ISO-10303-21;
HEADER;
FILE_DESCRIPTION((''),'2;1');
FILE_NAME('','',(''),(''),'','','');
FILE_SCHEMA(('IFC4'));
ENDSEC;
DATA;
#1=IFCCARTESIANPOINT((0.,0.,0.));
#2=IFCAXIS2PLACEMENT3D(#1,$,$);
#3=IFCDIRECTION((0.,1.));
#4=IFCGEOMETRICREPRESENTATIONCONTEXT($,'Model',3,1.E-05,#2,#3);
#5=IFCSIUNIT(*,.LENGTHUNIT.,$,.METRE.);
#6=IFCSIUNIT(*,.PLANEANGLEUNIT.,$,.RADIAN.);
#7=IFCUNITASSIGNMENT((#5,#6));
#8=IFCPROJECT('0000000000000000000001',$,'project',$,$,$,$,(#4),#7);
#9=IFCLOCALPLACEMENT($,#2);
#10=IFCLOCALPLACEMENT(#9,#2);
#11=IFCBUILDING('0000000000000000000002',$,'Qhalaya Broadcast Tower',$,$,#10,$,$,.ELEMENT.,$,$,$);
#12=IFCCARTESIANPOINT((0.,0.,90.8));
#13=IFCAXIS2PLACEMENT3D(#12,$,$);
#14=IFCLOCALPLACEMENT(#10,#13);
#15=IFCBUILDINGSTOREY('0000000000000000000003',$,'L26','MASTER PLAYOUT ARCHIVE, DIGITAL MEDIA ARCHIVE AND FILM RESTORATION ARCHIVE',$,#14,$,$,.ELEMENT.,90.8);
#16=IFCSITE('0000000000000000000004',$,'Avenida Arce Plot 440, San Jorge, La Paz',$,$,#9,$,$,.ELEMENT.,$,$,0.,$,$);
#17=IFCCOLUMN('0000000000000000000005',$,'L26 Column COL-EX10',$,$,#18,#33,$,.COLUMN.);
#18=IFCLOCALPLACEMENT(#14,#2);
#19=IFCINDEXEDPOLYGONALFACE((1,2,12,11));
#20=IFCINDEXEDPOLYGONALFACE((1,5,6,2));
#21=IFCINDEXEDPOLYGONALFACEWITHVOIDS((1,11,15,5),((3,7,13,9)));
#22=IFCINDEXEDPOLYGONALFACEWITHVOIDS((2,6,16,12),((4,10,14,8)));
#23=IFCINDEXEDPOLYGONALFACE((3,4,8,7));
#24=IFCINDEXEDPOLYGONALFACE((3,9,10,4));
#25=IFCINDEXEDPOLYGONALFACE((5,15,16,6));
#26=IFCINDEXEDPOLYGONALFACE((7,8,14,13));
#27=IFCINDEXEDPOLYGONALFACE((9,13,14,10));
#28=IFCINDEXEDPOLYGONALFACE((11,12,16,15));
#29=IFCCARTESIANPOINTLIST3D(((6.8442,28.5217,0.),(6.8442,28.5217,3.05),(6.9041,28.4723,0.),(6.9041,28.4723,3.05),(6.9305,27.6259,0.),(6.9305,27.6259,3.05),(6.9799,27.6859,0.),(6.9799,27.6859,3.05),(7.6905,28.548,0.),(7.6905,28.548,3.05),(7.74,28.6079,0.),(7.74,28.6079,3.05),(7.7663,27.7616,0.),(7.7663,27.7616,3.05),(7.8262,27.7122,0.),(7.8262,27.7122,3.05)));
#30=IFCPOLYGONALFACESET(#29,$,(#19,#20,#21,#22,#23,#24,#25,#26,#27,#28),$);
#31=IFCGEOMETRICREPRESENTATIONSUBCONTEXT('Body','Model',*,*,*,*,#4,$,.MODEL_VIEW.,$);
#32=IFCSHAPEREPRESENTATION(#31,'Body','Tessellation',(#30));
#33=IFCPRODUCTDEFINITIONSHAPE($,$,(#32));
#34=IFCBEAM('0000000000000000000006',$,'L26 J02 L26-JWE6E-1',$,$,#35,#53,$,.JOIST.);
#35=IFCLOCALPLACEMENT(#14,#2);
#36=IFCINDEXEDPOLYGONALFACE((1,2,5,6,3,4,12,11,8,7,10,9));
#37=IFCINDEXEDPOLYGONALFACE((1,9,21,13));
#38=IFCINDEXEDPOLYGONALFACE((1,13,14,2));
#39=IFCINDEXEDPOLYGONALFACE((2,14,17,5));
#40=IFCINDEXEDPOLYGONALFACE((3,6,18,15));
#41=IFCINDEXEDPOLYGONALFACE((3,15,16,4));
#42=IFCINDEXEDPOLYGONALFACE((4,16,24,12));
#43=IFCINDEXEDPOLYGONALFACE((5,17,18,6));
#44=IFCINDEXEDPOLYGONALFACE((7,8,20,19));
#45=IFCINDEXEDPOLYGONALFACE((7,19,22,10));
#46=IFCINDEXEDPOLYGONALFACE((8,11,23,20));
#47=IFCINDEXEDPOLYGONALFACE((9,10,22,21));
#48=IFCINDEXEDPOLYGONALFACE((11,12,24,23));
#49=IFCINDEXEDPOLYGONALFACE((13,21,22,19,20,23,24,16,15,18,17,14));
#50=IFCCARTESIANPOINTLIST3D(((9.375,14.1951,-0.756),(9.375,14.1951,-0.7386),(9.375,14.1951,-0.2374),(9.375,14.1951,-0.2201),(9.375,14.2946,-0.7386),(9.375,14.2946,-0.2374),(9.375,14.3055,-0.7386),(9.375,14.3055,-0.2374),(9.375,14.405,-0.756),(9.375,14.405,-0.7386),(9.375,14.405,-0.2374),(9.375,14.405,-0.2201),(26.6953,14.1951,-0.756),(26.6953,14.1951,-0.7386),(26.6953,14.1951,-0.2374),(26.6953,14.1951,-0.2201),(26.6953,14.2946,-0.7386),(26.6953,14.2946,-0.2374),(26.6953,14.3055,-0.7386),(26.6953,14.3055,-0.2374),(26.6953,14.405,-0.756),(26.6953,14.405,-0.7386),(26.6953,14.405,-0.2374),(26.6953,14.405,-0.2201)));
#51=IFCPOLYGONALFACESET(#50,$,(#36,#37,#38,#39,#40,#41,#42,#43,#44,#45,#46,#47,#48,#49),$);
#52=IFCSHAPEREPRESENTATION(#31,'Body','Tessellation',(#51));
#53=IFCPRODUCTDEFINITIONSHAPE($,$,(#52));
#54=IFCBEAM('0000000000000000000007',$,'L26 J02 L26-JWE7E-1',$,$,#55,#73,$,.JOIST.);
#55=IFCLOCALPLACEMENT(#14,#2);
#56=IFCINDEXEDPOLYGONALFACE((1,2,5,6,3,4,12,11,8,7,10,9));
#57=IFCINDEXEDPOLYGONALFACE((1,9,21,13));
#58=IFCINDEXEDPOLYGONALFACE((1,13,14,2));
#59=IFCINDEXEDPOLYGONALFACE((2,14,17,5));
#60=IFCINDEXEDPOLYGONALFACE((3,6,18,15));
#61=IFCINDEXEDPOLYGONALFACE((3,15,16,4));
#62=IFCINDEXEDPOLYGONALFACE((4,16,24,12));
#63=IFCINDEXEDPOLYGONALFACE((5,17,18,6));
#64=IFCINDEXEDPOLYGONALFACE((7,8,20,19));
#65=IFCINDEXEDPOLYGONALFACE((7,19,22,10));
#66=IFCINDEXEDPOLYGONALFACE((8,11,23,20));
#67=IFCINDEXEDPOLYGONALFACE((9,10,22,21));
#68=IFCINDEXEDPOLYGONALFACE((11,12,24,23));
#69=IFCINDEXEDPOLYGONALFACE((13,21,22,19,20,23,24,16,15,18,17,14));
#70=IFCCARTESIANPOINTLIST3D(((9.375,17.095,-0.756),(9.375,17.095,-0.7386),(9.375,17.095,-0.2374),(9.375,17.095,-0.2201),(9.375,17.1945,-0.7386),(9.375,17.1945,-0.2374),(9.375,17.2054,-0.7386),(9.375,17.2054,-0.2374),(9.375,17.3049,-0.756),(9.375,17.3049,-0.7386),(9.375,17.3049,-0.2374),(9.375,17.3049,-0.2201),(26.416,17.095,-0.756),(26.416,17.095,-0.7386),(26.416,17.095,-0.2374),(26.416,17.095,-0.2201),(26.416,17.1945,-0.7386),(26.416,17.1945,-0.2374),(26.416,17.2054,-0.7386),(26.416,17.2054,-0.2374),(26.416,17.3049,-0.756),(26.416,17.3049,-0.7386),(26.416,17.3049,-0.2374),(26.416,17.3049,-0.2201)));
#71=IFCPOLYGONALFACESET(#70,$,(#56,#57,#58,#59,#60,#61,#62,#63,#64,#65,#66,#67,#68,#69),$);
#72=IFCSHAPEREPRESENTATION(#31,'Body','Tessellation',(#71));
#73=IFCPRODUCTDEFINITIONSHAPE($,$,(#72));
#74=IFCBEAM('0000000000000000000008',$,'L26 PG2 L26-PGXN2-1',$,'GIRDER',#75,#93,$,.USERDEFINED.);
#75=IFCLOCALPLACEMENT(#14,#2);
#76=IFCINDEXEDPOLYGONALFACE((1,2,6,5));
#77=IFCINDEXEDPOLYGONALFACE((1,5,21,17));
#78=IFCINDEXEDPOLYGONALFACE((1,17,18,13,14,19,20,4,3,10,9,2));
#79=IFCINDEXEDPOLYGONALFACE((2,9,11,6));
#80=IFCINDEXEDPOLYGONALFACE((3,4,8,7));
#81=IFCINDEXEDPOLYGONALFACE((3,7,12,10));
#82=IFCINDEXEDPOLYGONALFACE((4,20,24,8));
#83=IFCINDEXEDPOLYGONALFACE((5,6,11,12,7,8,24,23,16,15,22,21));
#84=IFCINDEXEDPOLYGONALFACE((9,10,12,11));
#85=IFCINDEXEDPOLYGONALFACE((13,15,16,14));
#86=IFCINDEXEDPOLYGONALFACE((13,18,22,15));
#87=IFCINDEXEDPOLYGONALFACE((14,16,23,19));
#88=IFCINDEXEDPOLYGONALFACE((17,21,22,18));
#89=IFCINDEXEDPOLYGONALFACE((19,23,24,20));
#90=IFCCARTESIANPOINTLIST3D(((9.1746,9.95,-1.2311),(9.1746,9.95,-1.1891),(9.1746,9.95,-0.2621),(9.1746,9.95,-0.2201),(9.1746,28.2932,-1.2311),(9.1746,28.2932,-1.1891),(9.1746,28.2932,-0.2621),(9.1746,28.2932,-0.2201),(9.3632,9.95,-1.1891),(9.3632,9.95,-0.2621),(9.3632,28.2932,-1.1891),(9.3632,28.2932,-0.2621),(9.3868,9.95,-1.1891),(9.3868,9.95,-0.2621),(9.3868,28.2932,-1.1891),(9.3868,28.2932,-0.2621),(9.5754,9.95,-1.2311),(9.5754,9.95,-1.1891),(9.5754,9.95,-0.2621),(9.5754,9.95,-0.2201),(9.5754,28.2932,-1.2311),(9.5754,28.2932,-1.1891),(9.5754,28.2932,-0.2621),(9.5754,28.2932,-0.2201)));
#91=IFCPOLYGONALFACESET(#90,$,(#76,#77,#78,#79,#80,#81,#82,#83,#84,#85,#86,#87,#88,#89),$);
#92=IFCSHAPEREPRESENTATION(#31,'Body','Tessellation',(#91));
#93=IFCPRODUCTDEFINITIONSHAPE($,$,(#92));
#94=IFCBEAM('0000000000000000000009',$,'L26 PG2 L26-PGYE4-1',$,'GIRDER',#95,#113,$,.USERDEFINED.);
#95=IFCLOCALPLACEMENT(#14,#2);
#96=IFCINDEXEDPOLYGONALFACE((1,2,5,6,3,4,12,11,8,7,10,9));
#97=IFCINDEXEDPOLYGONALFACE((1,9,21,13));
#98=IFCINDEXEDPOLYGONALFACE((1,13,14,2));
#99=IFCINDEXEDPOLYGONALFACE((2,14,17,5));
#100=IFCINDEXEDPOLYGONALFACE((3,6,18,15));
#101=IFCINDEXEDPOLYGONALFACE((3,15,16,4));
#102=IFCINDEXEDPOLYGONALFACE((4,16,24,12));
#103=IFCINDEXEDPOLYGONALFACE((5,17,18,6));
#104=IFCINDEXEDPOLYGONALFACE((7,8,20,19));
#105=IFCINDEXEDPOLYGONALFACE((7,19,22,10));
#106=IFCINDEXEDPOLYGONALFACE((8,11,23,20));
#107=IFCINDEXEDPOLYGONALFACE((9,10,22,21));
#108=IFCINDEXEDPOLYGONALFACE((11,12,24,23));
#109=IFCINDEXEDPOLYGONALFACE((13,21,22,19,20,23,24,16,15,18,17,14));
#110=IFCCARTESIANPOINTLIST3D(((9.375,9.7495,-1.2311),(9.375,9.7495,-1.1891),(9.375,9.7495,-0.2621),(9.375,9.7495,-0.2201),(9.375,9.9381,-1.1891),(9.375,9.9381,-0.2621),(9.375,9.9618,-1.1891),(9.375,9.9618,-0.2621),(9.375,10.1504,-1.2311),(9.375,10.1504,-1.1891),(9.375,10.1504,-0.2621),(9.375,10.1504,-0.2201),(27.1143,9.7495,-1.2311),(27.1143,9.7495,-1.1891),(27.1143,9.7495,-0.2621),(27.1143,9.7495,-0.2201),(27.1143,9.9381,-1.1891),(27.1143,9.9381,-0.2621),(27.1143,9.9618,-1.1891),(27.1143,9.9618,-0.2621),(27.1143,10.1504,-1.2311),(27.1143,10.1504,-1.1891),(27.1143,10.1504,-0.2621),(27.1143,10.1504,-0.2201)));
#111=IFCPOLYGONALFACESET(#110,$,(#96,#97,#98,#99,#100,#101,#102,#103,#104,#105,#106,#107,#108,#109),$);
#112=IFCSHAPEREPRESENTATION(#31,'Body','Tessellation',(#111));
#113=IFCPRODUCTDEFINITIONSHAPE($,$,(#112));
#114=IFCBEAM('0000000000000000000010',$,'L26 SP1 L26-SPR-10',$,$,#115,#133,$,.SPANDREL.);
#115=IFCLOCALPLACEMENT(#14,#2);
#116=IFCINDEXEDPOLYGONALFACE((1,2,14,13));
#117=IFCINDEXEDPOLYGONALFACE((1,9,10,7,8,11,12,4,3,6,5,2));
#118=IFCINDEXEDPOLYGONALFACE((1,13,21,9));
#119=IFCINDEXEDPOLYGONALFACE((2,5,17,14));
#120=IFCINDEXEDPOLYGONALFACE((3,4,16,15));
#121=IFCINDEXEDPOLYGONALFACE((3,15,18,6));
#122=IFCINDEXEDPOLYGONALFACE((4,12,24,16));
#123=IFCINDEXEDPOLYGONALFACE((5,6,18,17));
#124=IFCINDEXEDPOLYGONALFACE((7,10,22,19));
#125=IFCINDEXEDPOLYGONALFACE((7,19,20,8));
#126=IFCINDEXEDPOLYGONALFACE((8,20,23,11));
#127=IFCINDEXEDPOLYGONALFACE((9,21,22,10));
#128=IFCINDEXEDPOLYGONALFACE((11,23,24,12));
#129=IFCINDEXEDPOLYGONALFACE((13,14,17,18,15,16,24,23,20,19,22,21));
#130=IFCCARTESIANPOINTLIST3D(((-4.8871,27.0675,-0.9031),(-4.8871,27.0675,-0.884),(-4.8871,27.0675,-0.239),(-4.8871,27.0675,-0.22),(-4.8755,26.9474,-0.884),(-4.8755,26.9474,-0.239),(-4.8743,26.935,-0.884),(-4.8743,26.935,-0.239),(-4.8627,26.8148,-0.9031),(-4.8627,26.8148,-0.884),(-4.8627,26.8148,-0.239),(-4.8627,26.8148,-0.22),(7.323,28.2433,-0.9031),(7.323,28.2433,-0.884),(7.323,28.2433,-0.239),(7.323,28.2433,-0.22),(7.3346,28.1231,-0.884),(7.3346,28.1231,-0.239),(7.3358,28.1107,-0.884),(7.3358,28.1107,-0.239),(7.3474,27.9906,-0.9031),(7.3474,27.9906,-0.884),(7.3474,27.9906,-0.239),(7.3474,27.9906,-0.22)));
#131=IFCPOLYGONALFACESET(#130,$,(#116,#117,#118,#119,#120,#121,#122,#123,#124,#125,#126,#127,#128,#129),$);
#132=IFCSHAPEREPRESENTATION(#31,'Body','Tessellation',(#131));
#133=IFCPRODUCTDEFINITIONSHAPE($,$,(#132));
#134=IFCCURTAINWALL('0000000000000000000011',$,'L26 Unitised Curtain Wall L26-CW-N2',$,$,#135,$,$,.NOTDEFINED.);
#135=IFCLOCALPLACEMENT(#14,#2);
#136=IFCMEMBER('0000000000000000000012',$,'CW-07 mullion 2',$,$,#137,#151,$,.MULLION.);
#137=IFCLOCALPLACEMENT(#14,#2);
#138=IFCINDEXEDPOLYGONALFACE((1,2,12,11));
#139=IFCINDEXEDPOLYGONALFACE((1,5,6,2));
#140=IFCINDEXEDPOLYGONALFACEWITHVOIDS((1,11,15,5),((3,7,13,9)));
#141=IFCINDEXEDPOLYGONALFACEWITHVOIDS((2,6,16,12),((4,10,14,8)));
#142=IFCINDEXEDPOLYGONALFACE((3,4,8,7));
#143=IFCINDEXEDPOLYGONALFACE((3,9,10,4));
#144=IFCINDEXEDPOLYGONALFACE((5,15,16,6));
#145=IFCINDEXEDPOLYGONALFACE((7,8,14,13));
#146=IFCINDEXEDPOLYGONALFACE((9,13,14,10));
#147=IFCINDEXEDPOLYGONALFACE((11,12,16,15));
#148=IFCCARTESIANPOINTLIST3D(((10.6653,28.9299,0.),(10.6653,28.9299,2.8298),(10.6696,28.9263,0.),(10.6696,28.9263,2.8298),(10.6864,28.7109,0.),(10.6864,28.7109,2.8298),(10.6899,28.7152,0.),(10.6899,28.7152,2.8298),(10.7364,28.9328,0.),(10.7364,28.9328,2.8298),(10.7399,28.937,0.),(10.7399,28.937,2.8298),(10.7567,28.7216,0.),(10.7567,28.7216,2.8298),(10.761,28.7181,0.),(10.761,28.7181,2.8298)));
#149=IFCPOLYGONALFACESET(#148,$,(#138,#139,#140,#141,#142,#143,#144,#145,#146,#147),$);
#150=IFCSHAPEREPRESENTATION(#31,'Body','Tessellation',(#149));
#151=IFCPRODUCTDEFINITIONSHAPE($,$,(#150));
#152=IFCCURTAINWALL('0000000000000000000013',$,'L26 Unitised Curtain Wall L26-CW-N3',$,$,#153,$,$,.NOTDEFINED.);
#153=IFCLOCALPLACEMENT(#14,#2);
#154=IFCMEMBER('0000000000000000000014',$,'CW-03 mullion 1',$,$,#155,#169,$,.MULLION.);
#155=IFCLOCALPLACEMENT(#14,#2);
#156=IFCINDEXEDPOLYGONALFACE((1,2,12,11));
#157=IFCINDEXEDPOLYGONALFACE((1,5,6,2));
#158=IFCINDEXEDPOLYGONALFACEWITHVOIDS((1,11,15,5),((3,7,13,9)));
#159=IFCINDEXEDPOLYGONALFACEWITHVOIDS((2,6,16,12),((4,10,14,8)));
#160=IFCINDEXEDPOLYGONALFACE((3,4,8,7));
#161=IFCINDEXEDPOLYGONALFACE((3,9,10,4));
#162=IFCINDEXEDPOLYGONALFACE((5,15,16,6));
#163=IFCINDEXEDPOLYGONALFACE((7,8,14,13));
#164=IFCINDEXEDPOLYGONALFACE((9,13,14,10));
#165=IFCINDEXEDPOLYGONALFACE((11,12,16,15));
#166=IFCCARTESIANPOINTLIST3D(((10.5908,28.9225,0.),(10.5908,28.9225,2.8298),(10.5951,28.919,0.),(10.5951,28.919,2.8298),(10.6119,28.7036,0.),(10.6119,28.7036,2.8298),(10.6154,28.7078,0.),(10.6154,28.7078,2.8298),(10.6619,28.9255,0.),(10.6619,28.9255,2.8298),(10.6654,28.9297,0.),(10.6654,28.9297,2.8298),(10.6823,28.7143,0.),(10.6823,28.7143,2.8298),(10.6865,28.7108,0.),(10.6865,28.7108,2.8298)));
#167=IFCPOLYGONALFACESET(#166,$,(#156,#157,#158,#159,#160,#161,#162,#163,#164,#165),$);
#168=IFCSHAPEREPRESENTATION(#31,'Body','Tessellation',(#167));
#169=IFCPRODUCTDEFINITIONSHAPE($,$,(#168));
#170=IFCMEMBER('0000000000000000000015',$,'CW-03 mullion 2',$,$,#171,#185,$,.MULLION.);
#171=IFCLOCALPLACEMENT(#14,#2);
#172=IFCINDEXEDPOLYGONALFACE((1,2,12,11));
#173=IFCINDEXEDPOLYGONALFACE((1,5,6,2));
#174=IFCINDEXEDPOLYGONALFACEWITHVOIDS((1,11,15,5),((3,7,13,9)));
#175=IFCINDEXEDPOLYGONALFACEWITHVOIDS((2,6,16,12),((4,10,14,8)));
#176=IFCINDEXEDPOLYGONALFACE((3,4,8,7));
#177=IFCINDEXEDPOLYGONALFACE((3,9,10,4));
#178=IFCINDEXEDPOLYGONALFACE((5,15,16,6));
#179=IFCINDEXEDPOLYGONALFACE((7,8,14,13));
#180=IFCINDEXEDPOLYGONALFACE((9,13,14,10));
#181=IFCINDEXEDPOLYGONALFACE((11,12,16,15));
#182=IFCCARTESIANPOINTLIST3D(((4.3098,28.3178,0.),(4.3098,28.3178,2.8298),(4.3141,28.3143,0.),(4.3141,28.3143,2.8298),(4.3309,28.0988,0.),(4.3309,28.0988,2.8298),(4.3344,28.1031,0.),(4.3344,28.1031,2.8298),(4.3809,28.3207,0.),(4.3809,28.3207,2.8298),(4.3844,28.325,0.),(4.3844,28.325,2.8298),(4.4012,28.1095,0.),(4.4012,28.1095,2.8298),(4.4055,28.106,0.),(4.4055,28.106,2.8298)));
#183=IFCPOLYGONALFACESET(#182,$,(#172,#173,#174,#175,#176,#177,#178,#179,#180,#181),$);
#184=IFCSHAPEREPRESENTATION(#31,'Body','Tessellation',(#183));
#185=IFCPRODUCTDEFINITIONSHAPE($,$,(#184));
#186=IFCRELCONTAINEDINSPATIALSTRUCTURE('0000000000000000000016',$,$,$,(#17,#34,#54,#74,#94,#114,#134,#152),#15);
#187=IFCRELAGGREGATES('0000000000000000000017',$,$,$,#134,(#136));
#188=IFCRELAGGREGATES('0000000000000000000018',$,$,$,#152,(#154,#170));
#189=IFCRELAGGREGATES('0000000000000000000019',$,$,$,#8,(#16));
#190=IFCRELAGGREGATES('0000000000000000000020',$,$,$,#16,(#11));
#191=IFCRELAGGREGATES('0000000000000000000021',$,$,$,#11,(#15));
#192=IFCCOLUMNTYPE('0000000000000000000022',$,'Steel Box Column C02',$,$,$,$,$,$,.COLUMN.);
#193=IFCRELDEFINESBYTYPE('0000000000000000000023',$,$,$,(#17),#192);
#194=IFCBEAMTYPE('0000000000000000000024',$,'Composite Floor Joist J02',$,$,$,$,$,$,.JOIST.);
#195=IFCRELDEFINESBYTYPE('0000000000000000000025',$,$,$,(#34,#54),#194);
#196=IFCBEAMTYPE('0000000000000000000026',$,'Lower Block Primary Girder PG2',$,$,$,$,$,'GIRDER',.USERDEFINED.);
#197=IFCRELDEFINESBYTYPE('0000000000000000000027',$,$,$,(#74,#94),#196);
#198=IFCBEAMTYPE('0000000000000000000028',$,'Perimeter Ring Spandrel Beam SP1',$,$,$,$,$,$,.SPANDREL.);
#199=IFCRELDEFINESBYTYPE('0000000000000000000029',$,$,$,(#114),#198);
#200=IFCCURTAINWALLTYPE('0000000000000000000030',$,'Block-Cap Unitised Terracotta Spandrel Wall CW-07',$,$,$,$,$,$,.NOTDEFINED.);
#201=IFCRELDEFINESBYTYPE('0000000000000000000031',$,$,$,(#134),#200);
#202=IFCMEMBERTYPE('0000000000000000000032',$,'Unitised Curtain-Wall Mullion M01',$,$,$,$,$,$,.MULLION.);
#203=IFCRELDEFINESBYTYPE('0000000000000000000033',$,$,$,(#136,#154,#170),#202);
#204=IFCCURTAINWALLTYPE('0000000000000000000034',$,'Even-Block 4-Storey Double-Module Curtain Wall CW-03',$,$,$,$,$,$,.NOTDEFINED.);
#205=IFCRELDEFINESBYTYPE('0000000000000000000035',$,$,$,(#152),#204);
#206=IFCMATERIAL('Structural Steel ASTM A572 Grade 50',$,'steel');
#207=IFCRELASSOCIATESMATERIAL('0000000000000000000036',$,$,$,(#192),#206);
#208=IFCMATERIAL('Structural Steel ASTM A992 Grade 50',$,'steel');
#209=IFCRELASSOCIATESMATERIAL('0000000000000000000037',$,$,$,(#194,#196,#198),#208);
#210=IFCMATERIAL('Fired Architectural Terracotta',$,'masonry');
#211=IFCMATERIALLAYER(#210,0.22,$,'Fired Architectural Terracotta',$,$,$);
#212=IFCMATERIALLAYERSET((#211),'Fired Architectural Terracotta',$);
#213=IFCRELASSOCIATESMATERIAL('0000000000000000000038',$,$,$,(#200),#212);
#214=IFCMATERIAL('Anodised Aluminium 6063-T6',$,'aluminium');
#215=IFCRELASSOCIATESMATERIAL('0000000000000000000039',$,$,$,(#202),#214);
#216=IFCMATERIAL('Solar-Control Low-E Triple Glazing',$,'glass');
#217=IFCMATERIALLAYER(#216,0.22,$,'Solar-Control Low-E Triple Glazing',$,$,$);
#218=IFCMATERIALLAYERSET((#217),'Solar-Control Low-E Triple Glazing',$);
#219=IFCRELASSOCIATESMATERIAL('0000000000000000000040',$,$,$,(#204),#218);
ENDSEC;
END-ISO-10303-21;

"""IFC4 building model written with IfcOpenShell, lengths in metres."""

from ifc_helpers import new_model, si_unit, direction, frame, origin, origin_2d, place, context, subcontext, project, spatial, hollow_rectangle, i_section, extrude, material, layer, layer_set, material_profile, profile_set, type_object, element, aggregate, save


model = new_model("IFC4")

# Units and contexts
model_context = context("Model", 3, precision=1e-05, world=origin(), true_north=direction((0.0, 1.0)))
body_context = subcontext(model_context, "Body", "Model", "MODEL_VIEW")
ifc_project = project(units=[si_unit("LENGTHUNIT", "METRE"), si_unit("PLANEANGLEUNIT", "RADIAN")], contexts=[model_context])

# Site, building, storey
site_placement = place(None, origin())
site = spatial("IfcSite", under=ifc_project, at=site_placement, Name="Avenida Arce Plot 440, San Jorge, La Paz", CompositionType="ELEMENT", RefElevation=0.0)
building_placement = place(site_placement, origin())
building = spatial("IfcBuilding", under=site, at=building_placement, Name="Qhalaya Broadcast Tower", CompositionType="ELEMENT")
storey_placement = place(building_placement, frame((0.0, 0.0, 90.8)))
storey = spatial("IfcBuildingStorey", under=building, at=storey_placement, Name="L26", Description="MASTER PLAYOUT ARCHIVE, DIGITAL MEDIA ARCHIVE AND FILM RESTORATION ARCHIVE", CompositionType="ELEMENT", Elevation=90.8)

# Column
ifc_material_1 = material(Name="Structural Steel ASTM A572 Grade 50", Category="steel")
ifc_material_profile_1 = material_profile(ifc_material_1, hollow_rectangle(XDim=0.8999, YDim=0.8999, WallThickness=0.0549, at=origin_2d()), Name="BOX 900x900x55")
ifc_profile_set_1 = profile_set([ifc_material_profile_1], Name="Structural Steel ASTM A572 Grade 50")
column_type = type_object("IfcColumnType", Name="Steel Box Column C02", PredefinedType="COLUMN", material=ifc_profile_set_1)
column_placement = place(storey_placement, frame((7.3352, 28.1169, 0.0), z_axis=(0.0, 0.0, 1.0), x_axis=(0.995396, 0.095846, 0.0)))
element("IfcColumn", 1, at=column_placement, inside=storey, type_object=column_type, Name="L26 Column COL-EX10", PredefinedType="COLUMN", context=body_context, shape_type="SweptSolid", body=[
    extrude(hollow_rectangle(XDim=0.8999, YDim=0.8999, WallThickness=0.0549, at=origin_2d()), origin(), (0.0, 0.0, 1.0), 3.05),
])

# Beams
ifc_material_2 = material(Name="Structural Steel ASTM A992 Grade 50", Category="steel")
ifc_material_profile_2 = material_profile(ifc_material_2, i_section(OverallWidth=0.21, OverallDepth=0.5359, WebThickness=0.011, FlangeThickness=0.0173, at=origin_2d()), Name="W21X68")
ifc_profile_set_2 = profile_set([ifc_material_profile_2], Name="Structural Steel ASTM A992 Grade 50")
beam_type_1 = type_object("IfcBeamType", Name="Composite Floor Joist J02", PredefinedType="JOIST", material=ifc_profile_set_2)
beam_1_placement = place(storey_placement, frame((9.375, 14.3, -0.488), z_axis=(1.0, 0.0, 0.0), x_axis=(0.0, 1.0, 0.0)))
element("IfcBeam", 2, at=beam_1_placement, inside=storey, type_object=beam_type_1, Name="L26 J02 L26-JWE6E-1", PredefinedType="JOIST", context=body_context, shape_type="SweptSolid", body=[
    extrude(i_section(OverallWidth=0.21, OverallDepth=0.5359, WebThickness=0.011, FlangeThickness=0.0173, at=origin_2d()), origin(), (0.0, 0.0, 1.0), 17.3203),
])
beam_2_placement = place(storey_placement, frame((9.375, 17.2, -0.488), z_axis=(1.0, 0.0, 0.0), x_axis=(0.0, 1.0, 0.0)))
element("IfcBeam", 3, at=beam_2_placement, inside=storey, type_object=beam_type_1, Name="L26 J02 L26-JWE7E-1", PredefinedType="JOIST", context=body_context, shape_type="SweptSolid", body=[
    extrude(i_section(OverallWidth=0.21, OverallDepth=0.5359, WebThickness=0.011, FlangeThickness=0.0173, at=origin_2d()), origin(), (0.0, 0.0, 1.0), 17.041),
])
ifc_material_profile_3 = material_profile(ifc_material_2, i_section(OverallWidth=0.4009, OverallDepth=1.011, WebThickness=0.0237, FlangeThickness=0.042, at=origin_2d()), Name="W40X297")
ifc_profile_set_3 = profile_set([ifc_material_profile_3], Name="Structural Steel ASTM A992 Grade 50")
beam_type_2 = type_object("IfcBeamType", Name="Lower Block Primary Girder PG2", ElementType="GIRDER", PredefinedType="USERDEFINED", material=ifc_profile_set_3)
beam_3_placement = place(storey_placement, frame((9.375, 9.95, -0.7256), z_axis=(0.0, 1.0, 0.0), x_axis=(-1.0, 0.0, 0.0)))
element("IfcBeam", 4, at=beam_3_placement, inside=storey, type_object=beam_type_2, Name="L26 PG2 L26-PGXN2-1", ObjectType="GIRDER", PredefinedType="USERDEFINED", context=body_context, shape_type="SweptSolid", body=[
    extrude(i_section(OverallWidth=0.4009, OverallDepth=1.011, WebThickness=0.0237, FlangeThickness=0.042, at=origin_2d()), origin(), (0.0, 0.0, 1.0), 18.3433),
])
beam_4_placement = place(storey_placement, frame((9.375, 9.95, -0.7256), z_axis=(1.0, 0.0, 0.0), x_axis=(0.0, 1.0, 0.0)))
element("IfcBeam", 5, at=beam_4_placement, inside=storey, type_object=beam_type_2, Name="L26 PG2 L26-PGYE4-1", ObjectType="GIRDER", PredefinedType="USERDEFINED", context=body_context, shape_type="SweptSolid", body=[
    extrude(i_section(OverallWidth=0.4009, OverallDepth=1.011, WebThickness=0.0237, FlangeThickness=0.042, at=origin_2d()), origin(), (0.0, 0.0, 1.0), 17.7393),
])
ifc_material_profile_4 = material_profile(ifc_material_2, i_section(OverallWidth=0.2539, OverallDepth=0.6831, WebThickness=0.0125, FlangeThickness=0.019, at=origin_2d()), Name="W27X94")
ifc_profile_set_4 = profile_set([ifc_material_profile_4], Name="Structural Steel ASTM A992 Grade 50")
beam_type_3 = type_object("IfcBeamType", Name="Perimeter Ring Spandrel Beam SP1", PredefinedType="SPANDREL", material=ifc_profile_set_4)
beam_5_placement = place(storey_placement, frame((7.3352, 28.1169, -0.5615), z_axis=(-0.995396, -0.095852, 0.0), x_axis=(0.095852, -0.995396, 0.0)))
element("IfcBeam", 6, at=beam_5_placement, inside=storey, type_object=beam_type_3, Name="L26 SP1 L26-SPR-10", PredefinedType="SPANDREL", context=body_context, shape_type="SweptSolid", body=[
    extrude(i_section(OverallWidth=0.2539, OverallDepth=0.6831, WebThickness=0.0125, FlangeThickness=0.019, at=origin_2d()), origin(), (0.0, 0.0, 1.0), 12.2666),
])

# Curtain wall, member
ifc_material_3 = material(Name="Fired Architectural Terracotta", Category="masonry")
ifc_layer_1 = layer(ifc_material_3, 0.22, Name="Fired Architectural Terracotta")
ifc_layer_set_1 = layer_set([ifc_layer_1], Name="Fired Architectural Terracotta")
curtain_wall_type_1 = type_object("IfcCurtainWallType", Name="Block-Cap Unitised Terracotta Spandrel Wall CW-07", PredefinedType="NOTDEFINED", material=ifc_layer_set_1)
curtain_wall_1_placement = place(storey_placement, origin())
curtain_wall_1 = element("IfcCurtainWall", 7, at=curtain_wall_1_placement, inside=storey, type_object=curtain_wall_type_1, Name="L26 Unitised Curtain Wall L26-CW-N2", PredefinedType="NOTDEFINED")
ifc_material_4 = material(Name="Anodised Aluminium 6063-T6", Category="aluminium")
ifc_material_profile_5 = material_profile(ifc_material_4, hollow_rectangle(XDim=0.075, YDim=0.22, WallThickness=0.0039, at=origin_2d()), Name="ALU-MUL 75x220x4")
ifc_profile_set_5 = profile_set([ifc_material_profile_5], Name="Anodised Aluminium 6063-T6")
member_type_1 = type_object("IfcMemberType", Name="Unitised Curtain-Wall Mullion M01", PredefinedType="MULLION", material=ifc_profile_set_5)
member_1_placement = place(storey_placement, frame((10.7131, 28.824, 0.0), z_axis=(0.0, 0.0, 1.0), x_axis=(-0.995395, -0.095862, 0.0)))
member_1 = element("IfcMember", 8, at=member_1_placement, type_object=member_type_1, Name="CW-07 mullion 2", PredefinedType="MULLION", context=body_context, shape_type="SweptSolid", body=[
    extrude(hollow_rectangle(XDim=0.075, YDim=0.22, WallThickness=0.0039, at=origin_2d()), origin(), (0.0, 0.0, 1.0), 2.8298),
])
aggregate(curtain_wall_1, [member_1])

# Curtain wall, members
ifc_material_5 = material(Name="Solar-Control Low-E Triple Glazing", Category="glass")
ifc_layer_2 = layer(ifc_material_5, 0.22, Name="Solar-Control Low-E Triple Glazing")
ifc_layer_set_2 = layer_set([ifc_layer_2], Name="Solar-Control Low-E Triple Glazing")
curtain_wall_type_2 = type_object("IfcCurtainWallType", Name="Even-Block 4-Storey Double-Module Curtain Wall CW-03", PredefinedType="NOTDEFINED", material=ifc_layer_set_2)
curtain_wall_2_placement = place(storey_placement, origin())
curtain_wall_2 = element("IfcCurtainWall", 9, at=curtain_wall_2_placement, inside=storey, type_object=curtain_wall_type_2, Name="L26 Unitised Curtain Wall L26-CW-N3", PredefinedType="NOTDEFINED")
member_2_placement = place(storey_placement, frame((10.6387, 28.8167, 0.0), z_axis=(0.0, 0.0, 1.0), x_axis=(-0.995397, -0.095834, 0.0)))
member_2 = element("IfcMember", 10, at=member_2_placement, type_object=member_type_1, Name="CW-03 mullion 1", PredefinedType="MULLION", context=body_context, shape_type="SweptSolid", body=[
    extrude(hollow_rectangle(XDim=0.075, YDim=0.22, WallThickness=0.0039, at=origin_2d()), origin(), (0.0, 0.0, 1.0), 2.8298),
])
member_3_placement = place(storey_placement, frame((4.3577, 28.2119, 0.0), z_axis=(0.0, 0.0, 1.0), x_axis=(-0.995397, -0.095834, 0.0)))
member_3 = element("IfcMember", 11, at=member_3_placement, type_object=member_type_1, Name="CW-03 mullion 2", PredefinedType="MULLION", context=body_context, shape_type="SweptSolid", body=[
    extrude(hollow_rectangle(XDim=0.075, YDim=0.22, WallThickness=0.0039, at=origin_2d()), origin(), (0.0, 0.0, 1.0), 2.8298),
])

aggregate(curtain_wall_2, [member_2, member_3])

save(model, "model.ifc")
